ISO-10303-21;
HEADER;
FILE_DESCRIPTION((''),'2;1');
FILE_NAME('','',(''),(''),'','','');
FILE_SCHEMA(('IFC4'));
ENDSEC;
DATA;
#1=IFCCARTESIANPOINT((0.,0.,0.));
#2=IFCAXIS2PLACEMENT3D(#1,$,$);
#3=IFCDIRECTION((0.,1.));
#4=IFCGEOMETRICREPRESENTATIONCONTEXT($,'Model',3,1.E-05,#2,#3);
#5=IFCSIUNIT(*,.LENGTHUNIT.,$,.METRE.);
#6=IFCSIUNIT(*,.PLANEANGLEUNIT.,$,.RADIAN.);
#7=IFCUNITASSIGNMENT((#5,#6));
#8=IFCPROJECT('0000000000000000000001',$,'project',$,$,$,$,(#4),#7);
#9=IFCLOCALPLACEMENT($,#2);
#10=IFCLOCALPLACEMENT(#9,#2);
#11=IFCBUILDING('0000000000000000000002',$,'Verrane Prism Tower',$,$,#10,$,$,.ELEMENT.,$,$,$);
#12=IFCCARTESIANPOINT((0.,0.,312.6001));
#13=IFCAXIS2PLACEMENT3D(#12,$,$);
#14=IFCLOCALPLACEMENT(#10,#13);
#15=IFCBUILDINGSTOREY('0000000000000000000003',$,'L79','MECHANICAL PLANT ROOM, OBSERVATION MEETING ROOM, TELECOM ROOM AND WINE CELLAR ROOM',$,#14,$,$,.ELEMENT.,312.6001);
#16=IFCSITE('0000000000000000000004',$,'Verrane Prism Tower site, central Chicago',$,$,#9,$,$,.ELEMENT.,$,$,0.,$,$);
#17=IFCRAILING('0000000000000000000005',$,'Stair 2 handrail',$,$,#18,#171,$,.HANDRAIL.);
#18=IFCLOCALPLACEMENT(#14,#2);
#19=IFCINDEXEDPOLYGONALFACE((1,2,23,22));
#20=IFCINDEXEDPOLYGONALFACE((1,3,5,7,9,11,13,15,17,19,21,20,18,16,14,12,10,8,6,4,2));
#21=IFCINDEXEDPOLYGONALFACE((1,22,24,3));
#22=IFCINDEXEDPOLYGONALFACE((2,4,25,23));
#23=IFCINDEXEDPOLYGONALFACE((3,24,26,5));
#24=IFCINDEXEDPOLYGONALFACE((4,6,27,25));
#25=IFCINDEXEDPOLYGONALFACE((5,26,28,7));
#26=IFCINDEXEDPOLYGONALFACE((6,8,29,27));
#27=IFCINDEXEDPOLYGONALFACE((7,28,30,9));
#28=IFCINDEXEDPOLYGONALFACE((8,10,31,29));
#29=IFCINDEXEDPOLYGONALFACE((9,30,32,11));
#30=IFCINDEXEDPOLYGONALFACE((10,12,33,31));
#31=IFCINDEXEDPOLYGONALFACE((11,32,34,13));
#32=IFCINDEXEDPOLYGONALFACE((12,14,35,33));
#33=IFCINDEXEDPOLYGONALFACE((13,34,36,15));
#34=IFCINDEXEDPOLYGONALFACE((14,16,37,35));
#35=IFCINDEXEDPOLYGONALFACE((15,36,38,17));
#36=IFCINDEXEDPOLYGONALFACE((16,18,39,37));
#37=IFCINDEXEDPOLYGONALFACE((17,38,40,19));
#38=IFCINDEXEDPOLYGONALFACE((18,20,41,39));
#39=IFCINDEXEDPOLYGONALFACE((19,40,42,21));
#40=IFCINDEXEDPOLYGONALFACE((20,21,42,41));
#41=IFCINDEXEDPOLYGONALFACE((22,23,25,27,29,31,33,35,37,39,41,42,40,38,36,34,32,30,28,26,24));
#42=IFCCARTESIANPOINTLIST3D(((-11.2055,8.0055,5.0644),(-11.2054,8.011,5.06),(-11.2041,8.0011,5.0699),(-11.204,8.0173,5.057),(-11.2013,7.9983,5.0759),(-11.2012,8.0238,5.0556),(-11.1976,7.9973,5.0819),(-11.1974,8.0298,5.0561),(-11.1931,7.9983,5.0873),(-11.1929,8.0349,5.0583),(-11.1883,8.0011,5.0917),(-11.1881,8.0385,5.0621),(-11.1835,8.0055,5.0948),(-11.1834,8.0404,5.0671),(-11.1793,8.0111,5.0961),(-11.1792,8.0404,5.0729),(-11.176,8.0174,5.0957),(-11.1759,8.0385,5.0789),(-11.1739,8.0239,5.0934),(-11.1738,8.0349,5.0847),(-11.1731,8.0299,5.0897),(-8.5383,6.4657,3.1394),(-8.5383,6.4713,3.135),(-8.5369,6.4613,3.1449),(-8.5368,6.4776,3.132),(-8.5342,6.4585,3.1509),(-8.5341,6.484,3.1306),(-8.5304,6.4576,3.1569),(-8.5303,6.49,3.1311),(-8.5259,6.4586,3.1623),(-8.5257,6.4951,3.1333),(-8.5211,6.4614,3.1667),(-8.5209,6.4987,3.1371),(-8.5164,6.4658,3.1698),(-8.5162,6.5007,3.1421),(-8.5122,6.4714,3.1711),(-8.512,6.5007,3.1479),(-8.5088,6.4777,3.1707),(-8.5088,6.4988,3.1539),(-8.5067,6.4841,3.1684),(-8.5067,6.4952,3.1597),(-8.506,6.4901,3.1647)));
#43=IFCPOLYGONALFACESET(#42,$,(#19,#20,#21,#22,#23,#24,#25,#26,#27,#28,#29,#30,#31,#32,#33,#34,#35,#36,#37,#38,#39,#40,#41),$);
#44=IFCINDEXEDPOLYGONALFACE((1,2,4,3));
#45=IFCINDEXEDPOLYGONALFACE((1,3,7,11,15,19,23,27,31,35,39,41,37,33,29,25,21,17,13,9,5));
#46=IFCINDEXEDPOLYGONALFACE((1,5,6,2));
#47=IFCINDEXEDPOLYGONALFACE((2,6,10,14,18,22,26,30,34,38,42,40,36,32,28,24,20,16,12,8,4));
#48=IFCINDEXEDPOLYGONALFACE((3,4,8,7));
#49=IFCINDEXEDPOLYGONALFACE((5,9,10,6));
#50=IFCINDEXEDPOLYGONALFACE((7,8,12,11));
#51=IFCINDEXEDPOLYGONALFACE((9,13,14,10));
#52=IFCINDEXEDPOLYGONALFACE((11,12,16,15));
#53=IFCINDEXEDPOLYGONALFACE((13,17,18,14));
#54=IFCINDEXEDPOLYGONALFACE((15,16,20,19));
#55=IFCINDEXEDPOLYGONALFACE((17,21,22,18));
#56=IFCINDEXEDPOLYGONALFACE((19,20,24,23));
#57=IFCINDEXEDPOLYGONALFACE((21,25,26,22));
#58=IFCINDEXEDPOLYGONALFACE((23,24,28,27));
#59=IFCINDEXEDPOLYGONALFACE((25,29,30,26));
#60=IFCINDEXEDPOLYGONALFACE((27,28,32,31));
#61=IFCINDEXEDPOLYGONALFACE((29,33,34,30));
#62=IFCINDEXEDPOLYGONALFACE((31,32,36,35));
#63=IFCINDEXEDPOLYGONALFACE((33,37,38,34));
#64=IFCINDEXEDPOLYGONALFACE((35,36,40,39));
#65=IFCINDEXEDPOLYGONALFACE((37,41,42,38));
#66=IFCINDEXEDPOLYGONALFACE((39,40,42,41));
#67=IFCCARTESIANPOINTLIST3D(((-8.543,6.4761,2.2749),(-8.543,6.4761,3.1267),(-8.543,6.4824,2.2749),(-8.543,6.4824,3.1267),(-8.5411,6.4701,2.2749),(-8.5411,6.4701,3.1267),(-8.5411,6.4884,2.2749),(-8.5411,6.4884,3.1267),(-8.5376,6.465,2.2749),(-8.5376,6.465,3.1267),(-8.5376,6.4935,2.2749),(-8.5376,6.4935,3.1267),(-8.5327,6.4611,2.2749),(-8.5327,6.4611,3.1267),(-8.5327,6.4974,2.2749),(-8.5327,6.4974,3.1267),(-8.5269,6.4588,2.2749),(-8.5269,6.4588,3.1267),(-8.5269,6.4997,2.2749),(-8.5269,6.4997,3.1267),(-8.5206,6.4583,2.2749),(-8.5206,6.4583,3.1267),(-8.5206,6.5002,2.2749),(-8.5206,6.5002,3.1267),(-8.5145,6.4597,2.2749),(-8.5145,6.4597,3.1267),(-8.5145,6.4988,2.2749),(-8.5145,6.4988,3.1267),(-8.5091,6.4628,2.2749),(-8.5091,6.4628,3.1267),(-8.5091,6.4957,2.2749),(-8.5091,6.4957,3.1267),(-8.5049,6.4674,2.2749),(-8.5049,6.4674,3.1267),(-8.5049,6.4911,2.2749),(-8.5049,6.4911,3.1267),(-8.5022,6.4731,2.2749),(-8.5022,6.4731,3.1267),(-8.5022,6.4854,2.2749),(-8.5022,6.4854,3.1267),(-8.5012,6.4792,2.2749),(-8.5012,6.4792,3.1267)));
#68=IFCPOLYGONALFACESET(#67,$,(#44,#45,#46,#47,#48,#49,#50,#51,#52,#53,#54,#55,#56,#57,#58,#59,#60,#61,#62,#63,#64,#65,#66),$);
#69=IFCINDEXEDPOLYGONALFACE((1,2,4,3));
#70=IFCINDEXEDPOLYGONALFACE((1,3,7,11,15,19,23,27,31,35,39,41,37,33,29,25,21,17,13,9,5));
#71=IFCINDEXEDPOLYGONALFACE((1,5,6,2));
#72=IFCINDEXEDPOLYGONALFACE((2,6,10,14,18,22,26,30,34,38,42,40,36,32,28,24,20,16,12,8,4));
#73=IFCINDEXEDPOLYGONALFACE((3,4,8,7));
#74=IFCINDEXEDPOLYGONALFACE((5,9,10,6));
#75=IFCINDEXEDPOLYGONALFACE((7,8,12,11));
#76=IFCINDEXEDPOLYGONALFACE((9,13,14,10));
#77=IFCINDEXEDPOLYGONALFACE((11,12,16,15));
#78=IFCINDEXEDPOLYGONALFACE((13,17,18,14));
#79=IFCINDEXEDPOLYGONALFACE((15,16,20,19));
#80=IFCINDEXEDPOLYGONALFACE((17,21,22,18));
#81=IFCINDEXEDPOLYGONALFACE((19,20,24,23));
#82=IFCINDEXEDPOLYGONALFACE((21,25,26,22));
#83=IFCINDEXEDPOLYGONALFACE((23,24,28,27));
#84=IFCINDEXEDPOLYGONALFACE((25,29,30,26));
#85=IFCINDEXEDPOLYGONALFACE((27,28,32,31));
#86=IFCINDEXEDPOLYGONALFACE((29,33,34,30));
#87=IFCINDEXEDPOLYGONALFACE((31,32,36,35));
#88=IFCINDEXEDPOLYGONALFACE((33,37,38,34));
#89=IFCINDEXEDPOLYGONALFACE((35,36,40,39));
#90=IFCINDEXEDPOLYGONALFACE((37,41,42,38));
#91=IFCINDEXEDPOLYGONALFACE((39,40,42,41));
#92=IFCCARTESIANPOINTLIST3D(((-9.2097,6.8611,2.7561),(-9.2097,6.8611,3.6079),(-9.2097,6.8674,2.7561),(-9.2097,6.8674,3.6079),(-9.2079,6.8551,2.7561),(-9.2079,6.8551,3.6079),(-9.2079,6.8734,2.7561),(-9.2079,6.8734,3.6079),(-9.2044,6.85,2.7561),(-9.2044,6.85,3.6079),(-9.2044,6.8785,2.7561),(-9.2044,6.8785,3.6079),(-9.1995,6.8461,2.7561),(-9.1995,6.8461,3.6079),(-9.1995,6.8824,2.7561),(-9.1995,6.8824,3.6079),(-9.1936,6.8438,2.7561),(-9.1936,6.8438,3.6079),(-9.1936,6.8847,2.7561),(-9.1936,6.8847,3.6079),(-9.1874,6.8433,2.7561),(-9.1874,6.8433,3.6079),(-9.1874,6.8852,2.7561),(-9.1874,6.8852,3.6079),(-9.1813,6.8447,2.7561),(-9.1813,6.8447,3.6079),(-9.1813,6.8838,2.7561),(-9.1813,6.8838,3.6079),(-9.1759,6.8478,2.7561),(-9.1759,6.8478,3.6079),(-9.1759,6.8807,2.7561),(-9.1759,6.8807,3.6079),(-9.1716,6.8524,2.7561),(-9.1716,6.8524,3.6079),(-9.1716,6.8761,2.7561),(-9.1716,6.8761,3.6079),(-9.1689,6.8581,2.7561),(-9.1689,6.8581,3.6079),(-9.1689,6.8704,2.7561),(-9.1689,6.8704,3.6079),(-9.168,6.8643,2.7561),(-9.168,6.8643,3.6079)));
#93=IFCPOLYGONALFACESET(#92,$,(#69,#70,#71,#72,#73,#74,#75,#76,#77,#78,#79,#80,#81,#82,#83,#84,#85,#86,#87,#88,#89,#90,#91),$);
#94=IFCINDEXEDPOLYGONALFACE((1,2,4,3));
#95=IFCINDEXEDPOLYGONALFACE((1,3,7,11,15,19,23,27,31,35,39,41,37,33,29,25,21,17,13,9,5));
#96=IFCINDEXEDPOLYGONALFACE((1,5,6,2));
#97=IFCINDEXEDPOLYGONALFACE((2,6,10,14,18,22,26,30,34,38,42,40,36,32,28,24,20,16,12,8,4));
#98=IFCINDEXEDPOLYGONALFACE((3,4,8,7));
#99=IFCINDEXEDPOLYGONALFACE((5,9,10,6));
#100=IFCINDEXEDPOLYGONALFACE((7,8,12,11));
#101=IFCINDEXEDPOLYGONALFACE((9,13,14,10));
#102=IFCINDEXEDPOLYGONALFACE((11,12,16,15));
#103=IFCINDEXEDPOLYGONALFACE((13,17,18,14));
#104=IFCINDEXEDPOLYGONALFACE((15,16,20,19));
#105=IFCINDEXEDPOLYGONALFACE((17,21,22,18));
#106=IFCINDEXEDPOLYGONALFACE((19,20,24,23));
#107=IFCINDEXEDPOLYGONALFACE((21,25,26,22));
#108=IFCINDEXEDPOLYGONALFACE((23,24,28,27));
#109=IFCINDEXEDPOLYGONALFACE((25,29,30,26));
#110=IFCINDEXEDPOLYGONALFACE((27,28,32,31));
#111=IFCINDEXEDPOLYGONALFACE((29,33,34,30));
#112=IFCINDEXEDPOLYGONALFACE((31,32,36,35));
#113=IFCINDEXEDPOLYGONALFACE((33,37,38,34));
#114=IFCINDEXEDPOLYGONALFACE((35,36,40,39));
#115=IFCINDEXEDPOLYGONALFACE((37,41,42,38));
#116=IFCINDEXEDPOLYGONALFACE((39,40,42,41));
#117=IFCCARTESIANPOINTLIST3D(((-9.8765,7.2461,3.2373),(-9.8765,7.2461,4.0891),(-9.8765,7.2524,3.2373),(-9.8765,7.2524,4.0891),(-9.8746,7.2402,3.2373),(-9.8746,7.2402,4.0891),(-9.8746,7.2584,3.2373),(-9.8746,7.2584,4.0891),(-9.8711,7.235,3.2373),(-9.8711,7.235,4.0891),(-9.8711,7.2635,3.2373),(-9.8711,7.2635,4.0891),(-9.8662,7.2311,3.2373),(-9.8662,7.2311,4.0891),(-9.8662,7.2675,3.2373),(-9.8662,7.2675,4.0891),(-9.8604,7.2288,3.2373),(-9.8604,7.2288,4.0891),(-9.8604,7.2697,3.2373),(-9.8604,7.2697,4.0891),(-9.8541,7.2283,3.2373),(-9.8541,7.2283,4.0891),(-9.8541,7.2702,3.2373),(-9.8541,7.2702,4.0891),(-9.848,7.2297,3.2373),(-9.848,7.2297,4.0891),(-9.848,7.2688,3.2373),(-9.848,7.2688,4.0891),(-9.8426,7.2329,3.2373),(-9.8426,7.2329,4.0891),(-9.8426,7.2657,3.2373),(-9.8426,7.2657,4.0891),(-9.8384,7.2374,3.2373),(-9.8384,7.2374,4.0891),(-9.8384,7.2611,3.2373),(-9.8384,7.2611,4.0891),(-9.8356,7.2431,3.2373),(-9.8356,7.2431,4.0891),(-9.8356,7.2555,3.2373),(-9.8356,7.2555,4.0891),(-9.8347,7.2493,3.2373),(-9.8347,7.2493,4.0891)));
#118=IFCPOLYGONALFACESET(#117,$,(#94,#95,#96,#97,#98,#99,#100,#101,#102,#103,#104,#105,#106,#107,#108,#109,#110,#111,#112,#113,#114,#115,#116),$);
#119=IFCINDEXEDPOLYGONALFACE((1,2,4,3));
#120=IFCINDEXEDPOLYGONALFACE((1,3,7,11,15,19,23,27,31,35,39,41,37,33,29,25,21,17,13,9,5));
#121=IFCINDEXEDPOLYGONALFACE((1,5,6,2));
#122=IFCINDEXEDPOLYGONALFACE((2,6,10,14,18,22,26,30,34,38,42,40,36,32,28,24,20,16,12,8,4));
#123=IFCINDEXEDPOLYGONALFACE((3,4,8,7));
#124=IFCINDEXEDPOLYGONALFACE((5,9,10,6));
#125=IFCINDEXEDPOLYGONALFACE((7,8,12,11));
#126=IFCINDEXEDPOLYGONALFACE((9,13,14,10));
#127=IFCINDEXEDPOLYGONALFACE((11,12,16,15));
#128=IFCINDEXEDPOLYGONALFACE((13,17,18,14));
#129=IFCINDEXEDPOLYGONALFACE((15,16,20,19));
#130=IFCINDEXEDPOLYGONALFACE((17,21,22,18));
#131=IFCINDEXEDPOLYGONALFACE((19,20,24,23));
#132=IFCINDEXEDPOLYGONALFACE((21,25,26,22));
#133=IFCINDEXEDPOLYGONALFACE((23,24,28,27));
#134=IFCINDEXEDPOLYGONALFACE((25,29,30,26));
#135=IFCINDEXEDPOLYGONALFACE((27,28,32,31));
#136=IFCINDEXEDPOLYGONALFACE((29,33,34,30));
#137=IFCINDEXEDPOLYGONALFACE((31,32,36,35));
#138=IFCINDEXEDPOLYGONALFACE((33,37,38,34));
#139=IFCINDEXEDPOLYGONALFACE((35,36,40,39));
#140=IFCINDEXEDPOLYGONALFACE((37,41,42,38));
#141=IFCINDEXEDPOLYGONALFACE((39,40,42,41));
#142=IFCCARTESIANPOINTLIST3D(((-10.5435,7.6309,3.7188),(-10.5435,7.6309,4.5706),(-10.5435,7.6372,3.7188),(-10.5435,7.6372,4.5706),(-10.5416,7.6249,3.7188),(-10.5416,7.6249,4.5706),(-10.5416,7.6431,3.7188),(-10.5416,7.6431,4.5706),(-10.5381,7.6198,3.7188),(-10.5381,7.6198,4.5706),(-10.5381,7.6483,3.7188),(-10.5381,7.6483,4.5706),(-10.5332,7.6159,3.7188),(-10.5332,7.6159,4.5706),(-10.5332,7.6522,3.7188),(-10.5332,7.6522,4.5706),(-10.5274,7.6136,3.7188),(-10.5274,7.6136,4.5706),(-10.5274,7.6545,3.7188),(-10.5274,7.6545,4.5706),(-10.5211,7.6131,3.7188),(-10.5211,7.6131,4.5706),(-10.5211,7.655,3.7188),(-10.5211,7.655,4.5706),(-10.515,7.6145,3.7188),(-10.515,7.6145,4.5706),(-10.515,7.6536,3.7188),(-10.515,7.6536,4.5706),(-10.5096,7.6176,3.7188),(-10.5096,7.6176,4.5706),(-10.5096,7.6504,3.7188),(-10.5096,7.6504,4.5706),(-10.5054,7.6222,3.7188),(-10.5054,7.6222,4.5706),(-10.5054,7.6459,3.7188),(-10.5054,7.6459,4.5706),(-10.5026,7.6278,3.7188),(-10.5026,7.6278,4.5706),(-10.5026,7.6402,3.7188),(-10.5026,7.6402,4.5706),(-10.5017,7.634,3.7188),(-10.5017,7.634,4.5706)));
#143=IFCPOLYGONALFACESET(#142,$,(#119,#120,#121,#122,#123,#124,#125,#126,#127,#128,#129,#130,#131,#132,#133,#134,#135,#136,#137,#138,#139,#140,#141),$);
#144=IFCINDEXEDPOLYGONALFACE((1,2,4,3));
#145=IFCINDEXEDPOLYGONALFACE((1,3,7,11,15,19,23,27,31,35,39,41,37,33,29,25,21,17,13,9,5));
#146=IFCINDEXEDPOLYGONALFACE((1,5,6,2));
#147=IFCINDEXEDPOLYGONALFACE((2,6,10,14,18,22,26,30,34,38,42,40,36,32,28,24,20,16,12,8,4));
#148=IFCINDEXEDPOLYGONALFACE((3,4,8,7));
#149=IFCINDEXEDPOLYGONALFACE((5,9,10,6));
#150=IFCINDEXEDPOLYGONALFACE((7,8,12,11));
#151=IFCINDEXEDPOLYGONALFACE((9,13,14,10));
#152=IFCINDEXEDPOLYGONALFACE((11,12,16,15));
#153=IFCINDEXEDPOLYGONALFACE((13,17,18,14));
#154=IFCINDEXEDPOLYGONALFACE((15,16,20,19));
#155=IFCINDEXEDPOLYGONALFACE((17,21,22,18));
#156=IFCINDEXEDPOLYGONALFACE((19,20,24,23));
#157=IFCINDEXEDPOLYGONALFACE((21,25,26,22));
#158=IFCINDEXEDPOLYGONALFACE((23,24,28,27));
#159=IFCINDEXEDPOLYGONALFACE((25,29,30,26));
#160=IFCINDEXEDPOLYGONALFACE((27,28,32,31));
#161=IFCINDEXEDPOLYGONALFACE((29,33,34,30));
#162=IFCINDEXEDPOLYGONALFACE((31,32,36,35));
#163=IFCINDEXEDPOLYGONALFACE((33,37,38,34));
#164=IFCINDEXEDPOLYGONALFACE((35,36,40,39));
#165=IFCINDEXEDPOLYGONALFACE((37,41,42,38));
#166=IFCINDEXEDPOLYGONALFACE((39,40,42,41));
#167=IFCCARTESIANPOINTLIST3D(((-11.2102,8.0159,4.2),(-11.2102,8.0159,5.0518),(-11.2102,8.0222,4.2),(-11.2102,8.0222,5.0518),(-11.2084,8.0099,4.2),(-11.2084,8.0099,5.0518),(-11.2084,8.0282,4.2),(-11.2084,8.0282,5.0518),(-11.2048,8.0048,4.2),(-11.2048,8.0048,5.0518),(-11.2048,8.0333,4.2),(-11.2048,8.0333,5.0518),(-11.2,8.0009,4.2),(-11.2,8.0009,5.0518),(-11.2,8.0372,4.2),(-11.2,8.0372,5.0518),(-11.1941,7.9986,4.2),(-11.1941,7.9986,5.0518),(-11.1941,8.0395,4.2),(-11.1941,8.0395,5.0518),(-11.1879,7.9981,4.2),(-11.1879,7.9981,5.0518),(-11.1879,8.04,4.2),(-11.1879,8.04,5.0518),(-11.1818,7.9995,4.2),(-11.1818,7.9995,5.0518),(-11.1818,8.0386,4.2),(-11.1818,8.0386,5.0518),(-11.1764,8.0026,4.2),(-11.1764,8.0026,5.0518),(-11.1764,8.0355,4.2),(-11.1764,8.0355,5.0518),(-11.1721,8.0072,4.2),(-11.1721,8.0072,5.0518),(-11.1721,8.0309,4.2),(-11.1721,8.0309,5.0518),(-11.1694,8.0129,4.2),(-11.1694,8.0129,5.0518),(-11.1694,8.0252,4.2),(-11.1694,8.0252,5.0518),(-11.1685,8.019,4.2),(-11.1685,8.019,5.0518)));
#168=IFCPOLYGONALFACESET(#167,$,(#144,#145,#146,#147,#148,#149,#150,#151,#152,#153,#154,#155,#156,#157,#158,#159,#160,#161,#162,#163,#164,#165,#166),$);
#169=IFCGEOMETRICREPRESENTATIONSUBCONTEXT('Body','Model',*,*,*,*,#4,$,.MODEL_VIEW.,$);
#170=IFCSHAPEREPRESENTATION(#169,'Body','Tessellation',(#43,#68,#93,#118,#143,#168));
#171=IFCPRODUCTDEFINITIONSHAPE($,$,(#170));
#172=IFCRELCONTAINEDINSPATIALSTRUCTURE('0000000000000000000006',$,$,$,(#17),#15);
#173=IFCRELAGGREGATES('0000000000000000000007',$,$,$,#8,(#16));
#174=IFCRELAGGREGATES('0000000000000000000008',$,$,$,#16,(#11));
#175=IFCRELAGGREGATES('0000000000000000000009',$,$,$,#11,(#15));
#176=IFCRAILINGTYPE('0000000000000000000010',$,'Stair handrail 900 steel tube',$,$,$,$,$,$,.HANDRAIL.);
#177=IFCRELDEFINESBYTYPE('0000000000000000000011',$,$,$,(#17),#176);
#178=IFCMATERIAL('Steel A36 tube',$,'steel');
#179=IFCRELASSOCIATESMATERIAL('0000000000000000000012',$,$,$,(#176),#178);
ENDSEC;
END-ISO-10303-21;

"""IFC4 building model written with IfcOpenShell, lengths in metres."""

from ifc_helpers import new_model, si_unit, direction, frame, origin, origin_2d, place, context, subcontext, project, spatial, circle, extrude, material, type_object, element, save


model = new_model("IFC4")

# Units and contexts
model_context = context("Model", 3, precision=1e-05, world=origin(), true_north=direction((0.0, 1.0)))
body_context = subcontext(model_context, "Body", "Model", "MODEL_VIEW")
ifc_project = project(units=[si_unit("LENGTHUNIT", "METRE"), si_unit("PLANEANGLEUNIT", "RADIAN")], contexts=[model_context])

# Site, building, storey
site_placement = place(None, origin())
site = spatial("IfcSite", under=ifc_project, at=site_placement, Name="Verrane Prism Tower site, central Chicago", CompositionType="ELEMENT", RefElevation=0.0)
building_placement = place(site_placement, origin())
building = spatial("IfcBuilding", under=site, at=building_placement, Name="Verrane Prism Tower", CompositionType="ELEMENT")
storey_placement = place(building_placement, frame((0.0, 0.0, 312.6001)))
storey = spatial("IfcBuildingStorey", under=building, at=storey_placement, Name="L79", Description="MECHANICAL PLANT ROOM, OBSERVATION MEETING ROOM, TELECOM ROOM AND WINE CELLAR ROOM", CompositionType="ELEMENT", Elevation=312.6001)

# Railing
ifc_material_1 = material(Name="Steel A36 tube", Category="steel")
railing_type = type_object("IfcRailingType", Name="Stair handrail 900 steel tube", PredefinedType="HANDRAIL", material=ifc_material_1)
railing_placement = place(storey_placement, frame((-8.5222, 6.4792, 2.2749)))
element("IfcRailing", 1, at=railing_placement, inside=storey, type_object=railing_type, Name="Stair 2 handrail", PredefinedType="HANDRAIL", context=body_context, shape_type="SweptSolid", body=[
    extrude(circle(Radius=0.0239, at=origin_2d()), frame((0.0, 0.0, 0.876), z_axis=(-0.734385, 0.42396, 0.530034), x_axis=(-0.499967, -0.866044, 0.0)), (0.0, 0.0, 1.0), 3.6318),
    extrude(circle(Radius=0.021, at=origin_2d()), origin(), (0.0, 0.0, 1.0), 0.8518),
    extrude(circle(Radius=0.021, at=origin_2d()), frame((-0.6667, 0.385, 0.4812)), (0.0, 0.0, 1.0), 0.8518),
    extrude(circle(Radius=0.021, at=origin_2d()), frame((-1.3335, 0.77, 0.9624)), (0.0, 0.0, 1.0), 0.8518),
    extrude(circle(Radius=0.021, at=origin_2d()), frame((-2.0005, 1.1548, 1.4438)), (0.0, 0.0, 1.0), 0.8518),
    extrude(circle(Radius=0.021, at=origin_2d()), frame((-2.6672, 1.5398, 1.925)), (0.0, 0.0, 1.0), 0.8518),
])

save(model, "model.ifc")
